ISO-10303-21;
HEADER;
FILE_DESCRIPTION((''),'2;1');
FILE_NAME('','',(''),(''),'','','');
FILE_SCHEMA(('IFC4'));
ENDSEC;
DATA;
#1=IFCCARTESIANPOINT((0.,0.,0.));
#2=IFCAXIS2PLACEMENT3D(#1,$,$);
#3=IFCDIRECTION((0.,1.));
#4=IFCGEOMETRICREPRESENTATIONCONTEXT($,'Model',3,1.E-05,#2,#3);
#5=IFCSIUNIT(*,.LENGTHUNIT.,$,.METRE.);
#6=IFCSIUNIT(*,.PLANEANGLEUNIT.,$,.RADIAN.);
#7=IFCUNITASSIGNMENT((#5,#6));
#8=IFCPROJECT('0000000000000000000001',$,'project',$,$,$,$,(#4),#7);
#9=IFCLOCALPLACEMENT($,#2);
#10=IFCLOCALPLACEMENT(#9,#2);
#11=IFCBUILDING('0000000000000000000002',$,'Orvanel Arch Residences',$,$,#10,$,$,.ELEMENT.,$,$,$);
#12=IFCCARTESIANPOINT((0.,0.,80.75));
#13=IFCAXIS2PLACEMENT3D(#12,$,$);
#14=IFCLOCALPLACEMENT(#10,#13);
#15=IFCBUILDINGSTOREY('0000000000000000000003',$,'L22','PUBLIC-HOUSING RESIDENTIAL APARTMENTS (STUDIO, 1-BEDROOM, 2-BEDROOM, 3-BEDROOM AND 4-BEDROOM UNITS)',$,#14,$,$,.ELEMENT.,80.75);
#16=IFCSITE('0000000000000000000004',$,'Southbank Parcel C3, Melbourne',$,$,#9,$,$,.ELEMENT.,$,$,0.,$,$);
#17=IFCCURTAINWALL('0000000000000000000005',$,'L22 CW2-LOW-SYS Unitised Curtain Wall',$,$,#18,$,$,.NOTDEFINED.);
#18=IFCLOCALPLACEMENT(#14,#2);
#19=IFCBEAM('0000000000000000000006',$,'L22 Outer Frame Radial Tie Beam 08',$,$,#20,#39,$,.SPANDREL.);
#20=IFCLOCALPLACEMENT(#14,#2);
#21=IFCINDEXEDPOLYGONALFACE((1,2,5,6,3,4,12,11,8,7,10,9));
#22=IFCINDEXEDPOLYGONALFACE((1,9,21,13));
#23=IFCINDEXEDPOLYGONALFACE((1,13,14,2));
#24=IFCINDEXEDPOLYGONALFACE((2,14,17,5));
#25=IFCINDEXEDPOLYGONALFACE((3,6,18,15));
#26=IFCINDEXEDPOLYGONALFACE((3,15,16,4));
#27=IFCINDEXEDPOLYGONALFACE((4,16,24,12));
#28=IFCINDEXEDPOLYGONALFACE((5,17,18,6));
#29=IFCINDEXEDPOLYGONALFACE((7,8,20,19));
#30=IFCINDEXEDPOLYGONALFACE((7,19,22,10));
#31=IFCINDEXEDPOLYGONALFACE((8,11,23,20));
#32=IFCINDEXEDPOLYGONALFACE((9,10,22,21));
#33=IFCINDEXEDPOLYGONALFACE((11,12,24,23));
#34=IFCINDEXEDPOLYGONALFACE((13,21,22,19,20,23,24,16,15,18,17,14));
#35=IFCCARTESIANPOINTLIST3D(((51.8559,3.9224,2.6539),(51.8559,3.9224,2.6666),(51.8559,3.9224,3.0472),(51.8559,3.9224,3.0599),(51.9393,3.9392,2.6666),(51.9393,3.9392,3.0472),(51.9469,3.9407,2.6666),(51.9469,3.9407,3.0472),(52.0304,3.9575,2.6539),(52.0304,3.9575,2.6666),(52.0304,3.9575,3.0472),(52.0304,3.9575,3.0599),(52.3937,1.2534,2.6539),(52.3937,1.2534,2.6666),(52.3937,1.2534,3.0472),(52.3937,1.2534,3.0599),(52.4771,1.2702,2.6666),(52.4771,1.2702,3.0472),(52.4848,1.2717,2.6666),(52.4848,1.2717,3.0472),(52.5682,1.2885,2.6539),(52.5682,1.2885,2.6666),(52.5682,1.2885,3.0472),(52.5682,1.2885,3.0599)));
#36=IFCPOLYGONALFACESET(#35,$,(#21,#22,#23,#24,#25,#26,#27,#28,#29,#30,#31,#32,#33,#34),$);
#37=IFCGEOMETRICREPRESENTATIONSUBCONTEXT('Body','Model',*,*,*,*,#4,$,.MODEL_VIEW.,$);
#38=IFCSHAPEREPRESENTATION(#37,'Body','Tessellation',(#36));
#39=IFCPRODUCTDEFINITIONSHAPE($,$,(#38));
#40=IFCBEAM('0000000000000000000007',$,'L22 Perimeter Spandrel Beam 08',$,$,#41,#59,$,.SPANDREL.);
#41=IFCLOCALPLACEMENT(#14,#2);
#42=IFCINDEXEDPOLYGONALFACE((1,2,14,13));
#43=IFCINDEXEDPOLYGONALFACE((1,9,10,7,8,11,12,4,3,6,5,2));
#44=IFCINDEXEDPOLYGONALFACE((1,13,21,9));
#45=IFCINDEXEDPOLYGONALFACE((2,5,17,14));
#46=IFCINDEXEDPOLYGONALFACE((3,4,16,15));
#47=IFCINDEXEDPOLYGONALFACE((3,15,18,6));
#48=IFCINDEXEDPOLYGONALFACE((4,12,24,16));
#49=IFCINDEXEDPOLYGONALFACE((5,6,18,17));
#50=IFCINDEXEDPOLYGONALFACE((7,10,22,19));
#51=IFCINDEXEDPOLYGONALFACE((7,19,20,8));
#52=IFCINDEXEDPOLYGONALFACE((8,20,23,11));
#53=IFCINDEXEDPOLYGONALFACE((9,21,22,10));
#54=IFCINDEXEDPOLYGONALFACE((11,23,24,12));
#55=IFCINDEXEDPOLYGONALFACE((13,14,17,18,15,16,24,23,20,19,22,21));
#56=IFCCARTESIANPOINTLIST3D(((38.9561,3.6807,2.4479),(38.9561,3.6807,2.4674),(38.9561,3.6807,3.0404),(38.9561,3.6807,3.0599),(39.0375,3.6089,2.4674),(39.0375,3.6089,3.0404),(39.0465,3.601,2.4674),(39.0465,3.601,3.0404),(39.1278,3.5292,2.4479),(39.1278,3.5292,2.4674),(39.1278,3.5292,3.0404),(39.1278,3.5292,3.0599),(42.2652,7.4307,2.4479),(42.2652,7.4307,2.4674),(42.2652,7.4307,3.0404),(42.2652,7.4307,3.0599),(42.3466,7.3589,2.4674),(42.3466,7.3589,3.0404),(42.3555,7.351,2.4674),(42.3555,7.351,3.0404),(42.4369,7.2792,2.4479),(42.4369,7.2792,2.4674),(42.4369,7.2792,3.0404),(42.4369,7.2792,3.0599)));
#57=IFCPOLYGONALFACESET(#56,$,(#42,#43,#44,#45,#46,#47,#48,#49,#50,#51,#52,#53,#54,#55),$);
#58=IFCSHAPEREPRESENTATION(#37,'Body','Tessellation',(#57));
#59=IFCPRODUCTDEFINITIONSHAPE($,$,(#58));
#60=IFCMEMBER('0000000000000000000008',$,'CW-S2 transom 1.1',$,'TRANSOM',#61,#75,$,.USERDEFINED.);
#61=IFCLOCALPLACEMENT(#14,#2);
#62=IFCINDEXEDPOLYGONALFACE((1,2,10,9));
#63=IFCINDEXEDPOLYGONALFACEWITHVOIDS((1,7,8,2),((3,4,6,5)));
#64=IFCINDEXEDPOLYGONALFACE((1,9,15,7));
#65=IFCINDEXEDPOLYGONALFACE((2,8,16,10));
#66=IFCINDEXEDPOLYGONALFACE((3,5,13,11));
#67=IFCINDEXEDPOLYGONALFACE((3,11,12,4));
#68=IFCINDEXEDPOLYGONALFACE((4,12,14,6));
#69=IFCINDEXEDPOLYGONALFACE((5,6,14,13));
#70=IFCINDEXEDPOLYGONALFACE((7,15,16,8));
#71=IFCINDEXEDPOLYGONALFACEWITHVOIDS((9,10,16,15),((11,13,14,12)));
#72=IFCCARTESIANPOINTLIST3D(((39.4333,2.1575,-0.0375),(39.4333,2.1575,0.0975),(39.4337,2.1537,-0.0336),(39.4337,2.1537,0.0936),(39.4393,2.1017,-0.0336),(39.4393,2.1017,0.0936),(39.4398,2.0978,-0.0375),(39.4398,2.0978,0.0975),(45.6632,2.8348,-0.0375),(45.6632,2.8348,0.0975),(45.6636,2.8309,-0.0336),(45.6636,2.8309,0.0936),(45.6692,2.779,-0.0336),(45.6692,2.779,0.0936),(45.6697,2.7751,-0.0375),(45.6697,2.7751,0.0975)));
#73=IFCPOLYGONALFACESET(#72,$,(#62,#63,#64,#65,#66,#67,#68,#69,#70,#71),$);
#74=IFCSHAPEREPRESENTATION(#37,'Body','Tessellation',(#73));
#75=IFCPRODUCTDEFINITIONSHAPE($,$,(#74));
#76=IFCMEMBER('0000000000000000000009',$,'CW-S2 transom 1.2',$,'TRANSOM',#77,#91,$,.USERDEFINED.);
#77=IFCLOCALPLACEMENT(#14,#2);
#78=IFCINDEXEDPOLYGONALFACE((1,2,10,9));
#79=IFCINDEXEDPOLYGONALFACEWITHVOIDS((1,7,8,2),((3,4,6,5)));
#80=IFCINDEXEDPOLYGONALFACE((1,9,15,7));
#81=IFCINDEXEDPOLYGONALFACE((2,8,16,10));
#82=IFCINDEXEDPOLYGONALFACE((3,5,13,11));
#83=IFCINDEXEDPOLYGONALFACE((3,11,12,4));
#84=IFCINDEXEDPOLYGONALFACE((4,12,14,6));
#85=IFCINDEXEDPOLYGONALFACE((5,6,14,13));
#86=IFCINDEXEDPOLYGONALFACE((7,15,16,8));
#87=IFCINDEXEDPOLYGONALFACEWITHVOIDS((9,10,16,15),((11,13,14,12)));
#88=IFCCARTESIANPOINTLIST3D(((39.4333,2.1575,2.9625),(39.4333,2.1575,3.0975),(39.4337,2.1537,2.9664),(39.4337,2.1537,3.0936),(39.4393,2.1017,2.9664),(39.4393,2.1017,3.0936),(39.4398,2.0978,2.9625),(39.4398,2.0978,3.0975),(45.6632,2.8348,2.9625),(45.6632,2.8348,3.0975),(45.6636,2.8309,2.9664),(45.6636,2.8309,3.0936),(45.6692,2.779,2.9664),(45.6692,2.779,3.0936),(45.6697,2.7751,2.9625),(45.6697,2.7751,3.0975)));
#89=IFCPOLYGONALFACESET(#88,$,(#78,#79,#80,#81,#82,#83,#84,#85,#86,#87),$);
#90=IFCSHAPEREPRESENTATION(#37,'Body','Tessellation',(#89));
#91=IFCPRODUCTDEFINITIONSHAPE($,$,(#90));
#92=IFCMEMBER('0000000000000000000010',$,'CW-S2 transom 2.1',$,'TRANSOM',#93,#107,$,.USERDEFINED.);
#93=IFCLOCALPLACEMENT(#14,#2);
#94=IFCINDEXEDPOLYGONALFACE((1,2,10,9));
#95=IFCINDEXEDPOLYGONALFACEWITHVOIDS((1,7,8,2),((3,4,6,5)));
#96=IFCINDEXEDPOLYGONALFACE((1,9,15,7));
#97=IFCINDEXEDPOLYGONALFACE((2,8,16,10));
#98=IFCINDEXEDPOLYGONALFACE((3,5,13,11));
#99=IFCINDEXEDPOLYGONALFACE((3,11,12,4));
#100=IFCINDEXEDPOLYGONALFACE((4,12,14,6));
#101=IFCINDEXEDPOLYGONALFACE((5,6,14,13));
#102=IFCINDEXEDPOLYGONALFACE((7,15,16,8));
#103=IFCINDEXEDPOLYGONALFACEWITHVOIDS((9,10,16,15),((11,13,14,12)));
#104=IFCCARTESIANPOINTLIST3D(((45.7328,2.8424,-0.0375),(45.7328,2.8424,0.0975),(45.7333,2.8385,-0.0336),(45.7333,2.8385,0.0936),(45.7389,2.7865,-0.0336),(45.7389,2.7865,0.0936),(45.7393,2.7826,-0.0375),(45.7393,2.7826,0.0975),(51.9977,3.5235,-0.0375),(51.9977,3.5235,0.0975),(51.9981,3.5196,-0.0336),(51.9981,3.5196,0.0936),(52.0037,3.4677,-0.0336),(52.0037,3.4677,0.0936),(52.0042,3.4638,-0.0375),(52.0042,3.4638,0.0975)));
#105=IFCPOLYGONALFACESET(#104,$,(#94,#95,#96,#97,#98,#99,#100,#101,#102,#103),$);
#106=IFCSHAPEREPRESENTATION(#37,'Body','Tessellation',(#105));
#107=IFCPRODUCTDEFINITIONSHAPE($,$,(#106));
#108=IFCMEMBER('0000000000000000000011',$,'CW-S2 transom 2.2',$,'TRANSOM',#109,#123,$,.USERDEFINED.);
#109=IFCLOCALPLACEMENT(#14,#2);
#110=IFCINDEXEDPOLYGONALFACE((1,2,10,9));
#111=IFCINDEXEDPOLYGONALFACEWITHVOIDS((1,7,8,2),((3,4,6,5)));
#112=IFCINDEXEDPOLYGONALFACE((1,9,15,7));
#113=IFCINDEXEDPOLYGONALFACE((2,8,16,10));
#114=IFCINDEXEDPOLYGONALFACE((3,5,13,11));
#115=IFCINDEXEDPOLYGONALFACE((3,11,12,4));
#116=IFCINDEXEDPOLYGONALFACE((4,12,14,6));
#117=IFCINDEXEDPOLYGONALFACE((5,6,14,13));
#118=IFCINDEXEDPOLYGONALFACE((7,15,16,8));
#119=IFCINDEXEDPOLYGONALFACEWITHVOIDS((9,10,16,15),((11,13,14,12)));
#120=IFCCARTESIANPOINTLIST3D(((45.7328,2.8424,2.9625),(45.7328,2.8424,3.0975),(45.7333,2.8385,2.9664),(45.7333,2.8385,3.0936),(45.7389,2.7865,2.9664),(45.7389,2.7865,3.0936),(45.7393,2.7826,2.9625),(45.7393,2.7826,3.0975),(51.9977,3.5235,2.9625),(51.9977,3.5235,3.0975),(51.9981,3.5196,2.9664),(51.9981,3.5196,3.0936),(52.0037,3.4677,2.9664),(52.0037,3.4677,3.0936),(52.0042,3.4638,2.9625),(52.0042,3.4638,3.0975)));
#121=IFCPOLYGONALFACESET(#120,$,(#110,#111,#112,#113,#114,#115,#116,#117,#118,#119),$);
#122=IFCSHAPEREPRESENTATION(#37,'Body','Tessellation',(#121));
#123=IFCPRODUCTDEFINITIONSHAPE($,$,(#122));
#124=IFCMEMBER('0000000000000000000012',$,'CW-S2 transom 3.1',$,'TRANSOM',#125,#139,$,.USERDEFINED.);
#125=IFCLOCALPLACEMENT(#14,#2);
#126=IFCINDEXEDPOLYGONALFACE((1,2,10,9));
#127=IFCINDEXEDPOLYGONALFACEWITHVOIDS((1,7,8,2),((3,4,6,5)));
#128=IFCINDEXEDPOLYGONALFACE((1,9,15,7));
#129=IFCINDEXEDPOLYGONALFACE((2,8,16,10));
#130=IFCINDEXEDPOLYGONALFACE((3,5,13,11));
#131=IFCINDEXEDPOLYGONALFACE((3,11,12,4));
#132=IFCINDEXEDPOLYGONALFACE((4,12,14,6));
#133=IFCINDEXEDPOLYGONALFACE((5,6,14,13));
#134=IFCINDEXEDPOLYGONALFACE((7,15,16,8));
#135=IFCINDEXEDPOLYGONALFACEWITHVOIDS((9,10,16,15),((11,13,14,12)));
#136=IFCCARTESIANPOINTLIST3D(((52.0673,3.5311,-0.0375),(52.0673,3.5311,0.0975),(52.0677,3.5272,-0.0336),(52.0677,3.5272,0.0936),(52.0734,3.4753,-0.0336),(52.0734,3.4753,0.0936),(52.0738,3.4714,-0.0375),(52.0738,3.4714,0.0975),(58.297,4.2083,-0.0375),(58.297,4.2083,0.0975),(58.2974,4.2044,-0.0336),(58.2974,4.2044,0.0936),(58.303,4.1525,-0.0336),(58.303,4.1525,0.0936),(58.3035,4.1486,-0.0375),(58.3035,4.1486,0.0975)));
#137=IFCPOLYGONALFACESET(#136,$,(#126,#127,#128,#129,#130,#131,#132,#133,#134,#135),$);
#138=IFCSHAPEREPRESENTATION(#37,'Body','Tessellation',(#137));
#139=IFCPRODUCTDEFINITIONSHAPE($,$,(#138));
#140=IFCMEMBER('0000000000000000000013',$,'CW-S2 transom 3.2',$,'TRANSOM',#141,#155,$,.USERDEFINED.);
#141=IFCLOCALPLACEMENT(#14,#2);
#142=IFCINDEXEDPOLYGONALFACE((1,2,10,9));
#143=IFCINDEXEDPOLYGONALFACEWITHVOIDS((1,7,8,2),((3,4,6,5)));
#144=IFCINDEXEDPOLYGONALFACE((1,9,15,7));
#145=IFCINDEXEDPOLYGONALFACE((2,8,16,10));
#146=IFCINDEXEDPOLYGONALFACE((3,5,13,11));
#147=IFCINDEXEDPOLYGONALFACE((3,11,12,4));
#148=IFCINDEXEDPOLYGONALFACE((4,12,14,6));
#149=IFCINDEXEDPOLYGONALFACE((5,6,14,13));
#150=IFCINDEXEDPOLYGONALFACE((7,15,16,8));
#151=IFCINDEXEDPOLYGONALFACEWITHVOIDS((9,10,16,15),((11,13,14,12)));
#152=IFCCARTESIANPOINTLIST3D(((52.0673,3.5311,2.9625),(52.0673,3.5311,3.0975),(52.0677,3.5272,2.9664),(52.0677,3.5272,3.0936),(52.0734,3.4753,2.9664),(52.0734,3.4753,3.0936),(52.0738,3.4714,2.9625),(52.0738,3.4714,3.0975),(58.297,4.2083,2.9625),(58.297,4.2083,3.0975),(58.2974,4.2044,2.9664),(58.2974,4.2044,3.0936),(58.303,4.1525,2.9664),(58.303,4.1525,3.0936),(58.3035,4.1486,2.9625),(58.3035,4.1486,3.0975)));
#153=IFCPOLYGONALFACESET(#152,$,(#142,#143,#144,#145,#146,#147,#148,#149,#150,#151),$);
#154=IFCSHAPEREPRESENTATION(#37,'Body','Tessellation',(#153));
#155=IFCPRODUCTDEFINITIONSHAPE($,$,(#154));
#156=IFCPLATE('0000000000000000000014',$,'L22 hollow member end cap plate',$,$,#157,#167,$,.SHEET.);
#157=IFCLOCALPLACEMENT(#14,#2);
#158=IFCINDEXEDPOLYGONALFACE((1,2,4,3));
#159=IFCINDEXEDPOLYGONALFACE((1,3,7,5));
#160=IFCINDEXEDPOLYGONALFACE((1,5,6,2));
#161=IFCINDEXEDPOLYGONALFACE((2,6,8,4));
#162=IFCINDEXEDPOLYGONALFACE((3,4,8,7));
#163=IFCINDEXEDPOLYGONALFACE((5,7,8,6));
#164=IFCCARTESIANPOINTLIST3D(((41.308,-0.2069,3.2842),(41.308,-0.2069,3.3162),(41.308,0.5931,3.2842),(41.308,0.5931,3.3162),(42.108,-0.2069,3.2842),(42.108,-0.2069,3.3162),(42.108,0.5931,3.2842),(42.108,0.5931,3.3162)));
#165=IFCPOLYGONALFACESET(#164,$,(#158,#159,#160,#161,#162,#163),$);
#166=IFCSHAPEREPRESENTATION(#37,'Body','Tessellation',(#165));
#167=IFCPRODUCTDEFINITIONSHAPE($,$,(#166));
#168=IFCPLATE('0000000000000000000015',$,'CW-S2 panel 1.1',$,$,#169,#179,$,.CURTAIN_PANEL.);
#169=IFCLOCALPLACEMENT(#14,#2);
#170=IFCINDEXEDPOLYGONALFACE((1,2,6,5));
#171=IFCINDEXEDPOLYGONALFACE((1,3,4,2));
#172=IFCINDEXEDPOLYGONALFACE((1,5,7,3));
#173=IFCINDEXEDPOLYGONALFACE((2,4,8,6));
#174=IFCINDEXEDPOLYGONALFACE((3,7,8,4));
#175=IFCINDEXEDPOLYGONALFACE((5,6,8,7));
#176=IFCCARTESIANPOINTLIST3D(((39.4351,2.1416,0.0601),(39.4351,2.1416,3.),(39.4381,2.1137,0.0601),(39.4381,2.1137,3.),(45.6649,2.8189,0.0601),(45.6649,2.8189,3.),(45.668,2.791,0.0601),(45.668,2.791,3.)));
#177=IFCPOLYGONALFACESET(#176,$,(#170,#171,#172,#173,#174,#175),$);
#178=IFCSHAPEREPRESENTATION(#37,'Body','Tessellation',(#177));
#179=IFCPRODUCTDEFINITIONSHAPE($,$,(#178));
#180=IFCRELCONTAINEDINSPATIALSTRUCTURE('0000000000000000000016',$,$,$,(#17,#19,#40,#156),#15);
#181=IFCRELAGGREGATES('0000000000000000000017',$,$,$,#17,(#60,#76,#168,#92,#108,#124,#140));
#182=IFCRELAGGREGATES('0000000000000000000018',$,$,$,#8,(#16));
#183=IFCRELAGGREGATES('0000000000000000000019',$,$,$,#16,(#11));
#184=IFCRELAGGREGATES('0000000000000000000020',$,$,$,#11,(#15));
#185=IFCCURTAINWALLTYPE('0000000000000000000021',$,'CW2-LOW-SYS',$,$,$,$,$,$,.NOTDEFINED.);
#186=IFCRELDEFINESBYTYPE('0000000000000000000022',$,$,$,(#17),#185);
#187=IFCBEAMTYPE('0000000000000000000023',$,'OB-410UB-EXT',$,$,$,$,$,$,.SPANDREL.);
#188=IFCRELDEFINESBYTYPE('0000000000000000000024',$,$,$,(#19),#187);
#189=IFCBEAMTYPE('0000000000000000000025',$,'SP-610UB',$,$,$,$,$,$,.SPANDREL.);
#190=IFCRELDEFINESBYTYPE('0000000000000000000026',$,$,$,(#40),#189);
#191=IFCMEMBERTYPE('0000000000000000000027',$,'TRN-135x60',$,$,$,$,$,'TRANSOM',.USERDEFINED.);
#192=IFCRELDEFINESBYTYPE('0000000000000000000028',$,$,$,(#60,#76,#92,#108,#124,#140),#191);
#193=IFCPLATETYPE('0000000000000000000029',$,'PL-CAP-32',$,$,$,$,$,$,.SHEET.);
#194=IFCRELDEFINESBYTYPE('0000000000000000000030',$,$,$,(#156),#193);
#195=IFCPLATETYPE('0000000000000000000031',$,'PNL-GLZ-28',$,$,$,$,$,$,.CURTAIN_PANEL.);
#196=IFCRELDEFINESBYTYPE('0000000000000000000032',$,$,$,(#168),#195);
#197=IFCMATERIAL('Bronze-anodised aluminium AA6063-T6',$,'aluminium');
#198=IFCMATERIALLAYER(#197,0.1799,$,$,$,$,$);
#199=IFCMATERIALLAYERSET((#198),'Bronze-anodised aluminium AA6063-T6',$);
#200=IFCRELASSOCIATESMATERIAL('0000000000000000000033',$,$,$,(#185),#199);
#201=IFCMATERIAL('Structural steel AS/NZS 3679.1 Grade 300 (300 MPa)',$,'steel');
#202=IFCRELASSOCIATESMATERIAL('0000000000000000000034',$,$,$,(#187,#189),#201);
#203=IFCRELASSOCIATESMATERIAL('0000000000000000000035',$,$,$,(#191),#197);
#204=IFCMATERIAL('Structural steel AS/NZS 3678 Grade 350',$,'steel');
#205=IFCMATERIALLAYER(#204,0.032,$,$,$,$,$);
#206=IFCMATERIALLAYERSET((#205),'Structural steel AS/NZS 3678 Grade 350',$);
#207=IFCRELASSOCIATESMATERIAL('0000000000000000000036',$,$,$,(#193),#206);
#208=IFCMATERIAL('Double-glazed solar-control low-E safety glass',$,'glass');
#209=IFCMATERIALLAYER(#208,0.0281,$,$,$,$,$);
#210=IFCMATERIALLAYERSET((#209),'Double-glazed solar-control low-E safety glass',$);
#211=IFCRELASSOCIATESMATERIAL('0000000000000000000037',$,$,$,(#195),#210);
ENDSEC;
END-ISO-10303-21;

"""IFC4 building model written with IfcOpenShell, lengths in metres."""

from ifc_helpers import new_model, si_unit, direction, frame, origin, origin_2d, place, context, subcontext, project, spatial, rectangle, hollow_rectangle, i_section, extrude, material, layer, layer_set, material_profile, profile_set, type_object, element, aggregate, save


model = new_model("IFC4")

# Units and contexts
model_context = context("Model", 3, precision=1e-05, world=origin(), true_north=direction((0.0, 1.0)))
body_context = subcontext(model_context, "Body", "Model", "MODEL_VIEW")
ifc_project = project(units=[si_unit("LENGTHUNIT", "METRE"), si_unit("PLANEANGLEUNIT", "RADIAN")], contexts=[model_context])

# Site, building, storey
site_placement = place(None, origin())
site = spatial("IfcSite", under=ifc_project, at=site_placement, Name="Southbank Parcel C3, Melbourne", CompositionType="ELEMENT", RefElevation=0.0)
building_placement = place(site_placement, origin())
building = spatial("IfcBuilding", under=site, at=building_placement, Name="Orvanel Arch Residences", CompositionType="ELEMENT")
storey_placement = place(building_placement, frame((0.0, 0.0, 80.75)))
storey = spatial("IfcBuildingStorey", under=building, at=storey_placement, Name="L22", Description="PUBLIC-HOUSING RESIDENTIAL APARTMENTS (STUDIO, 1-BEDROOM, 2-BEDROOM, 3-BEDROOM AND 4-BEDROOM UNITS)", CompositionType="ELEMENT", Elevation=80.75)

# Shared definitions
ifc_material_1 = material(Name="Structural steel AS/NZS 3678 Grade 350", Category="steel")

# Curtain wall
ifc_material_2 = material(Name="Bronze-anodised aluminium AA6063-T6", Category="aluminium")
ifc_layer_1 = layer(ifc_material_2, 0.1799)
ifc_layer_set_1 = layer_set([ifc_layer_1], Name="Bronze-anodised aluminium AA6063-T6")
curtain_wall_type = type_object("IfcCurtainWallType", Name="CW2-LOW-SYS", PredefinedType="NOTDEFINED", material=ifc_layer_set_1)
curtain_wall_placement = place(storey_placement, origin())
curtain_wall = element("IfcCurtainWall", 1, at=curtain_wall_placement, inside=storey, type_object=curtain_wall_type, Name="L22 CW2-LOW-SYS Unitised Curtain Wall", PredefinedType="NOTDEFINED")

# Beams
ifc_material_3 = material(Name="Structural steel AS/NZS 3679.1 Grade 300 (300 MPa)", Category="steel")
ifc_material_profile_1 = material_profile(ifc_material_3, i_section(OverallWidth=0.178, OverallDepth=0.406, WebThickness=0.0078, FlangeThickness=0.0127, at=origin_2d()), Name="410UB59.7")
ifc_profile_set_1 = profile_set([ifc_material_profile_1], Name="Structural steel AS/NZS 3679.1 Grade 300 (300 MPa)")
beam_type_1 = type_object("IfcBeamType", Name="OB-410UB-EXT", PredefinedType="SPANDREL", material=ifc_profile_set_1)
beam_1_placement = place(storey_placement, frame((51.9431, 3.9399, 2.8569), z_axis=(0.197547, -0.980293, 0.0), x_axis=(0.980293, 0.197547, 0.0)))
element("IfcBeam", 2, at=beam_1_placement, inside=storey, type_object=beam_type_1, Name="L22 Outer Frame Radial Tie Beam 08", PredefinedType="SPANDREL", context=body_context, shape_type="SweptSolid", body=[
    extrude(i_section(OverallWidth=0.178, OverallDepth=0.406, WebThickness=0.0078, FlangeThickness=0.0127, at=origin_2d()), origin(), (0.0, 0.0, 1.0), 2.7227),
])
ifc_material_profile_2 = material_profile(ifc_material_3, i_section(OverallWidth=0.229, OverallDepth=0.6121, WebThickness=0.012, FlangeThickness=0.0195, at=origin_2d()), Name="610UB125")
ifc_profile_set_2 = profile_set([ifc_material_profile_2], Name="Structural steel AS/NZS 3679.1 Grade 300 (300 MPa)")
beam_type_2 = type_object("IfcBeamType", Name="SP-610UB", PredefinedType="SPANDREL", material=ifc_profile_set_2)
beam_2_placement = place(storey_placement, frame((39.042, 3.605, 2.7539), z_axis=(0.661651, 0.749812, 0.0), x_axis=(-0.749812, 0.661651, 0.0)))
element("IfcBeam", 3, at=beam_2_placement, inside=storey, type_object=beam_type_2, Name="L22 Perimeter Spandrel Beam 08", PredefinedType="SPANDREL", context=body_context, shape_type="SweptSolid", body=[
    extrude(i_section(OverallWidth=0.229, OverallDepth=0.6121, WebThickness=0.012, FlangeThickness=0.0195, at=origin_2d()), origin(), (0.0, 0.0, 1.0), 5.0012),
])

# Members
ifc_material_profile_3 = material_profile(ifc_material_2, hollow_rectangle(XDim=0.0601, YDim=0.135, WallThickness=0.0039, at=origin_2d()), Name="ALU135x60x4")
ifc_profile_set_3 = profile_set([ifc_material_profile_3], Name="Bronze-anodised aluminium AA6063-T6")
member_type_1 = type_object("IfcMemberType", Name="TRN-135x60", ElementType="TRANSOM", PredefinedType="USERDEFINED", material=ifc_profile_set_3)
member_1_placement = place(storey_placement, frame((39.4365, 2.1277, 0.03), z_axis=(0.994143, 0.108071, 0.0), x_axis=(-0.108071, 0.994143, 0.0)))
member_1 = element("IfcMember", 4, at=member_1_placement, type_object=member_type_1, Name="CW-S2 transom 1.1", ObjectType="TRANSOM", PredefinedType="USERDEFINED", context=body_context, shape_type="SweptSolid", body=[
    extrude(hollow_rectangle(XDim=0.0601, YDim=0.135, WallThickness=0.0039, at=origin_2d()), origin(), (0.0, 0.0, 1.0), 6.2666),
])
member_2_placement = place(storey_placement, frame((39.4365, 2.1277, 3.03), z_axis=(0.994143, 0.108071, 0.0), x_axis=(-0.108071, 0.994143, 0.0)))
member_2 = element("IfcMember", 5, at=member_2_placement, type_object=member_type_1, Name="CW-S2 transom 1.2", ObjectType="TRANSOM", PredefinedType="USERDEFINED", context=body_context, shape_type="SweptSolid", body=[
    extrude(hollow_rectangle(XDim=0.0601, YDim=0.135, WallThickness=0.0039, at=origin_2d()), origin(), (0.0, 0.0, 1.0), 6.2666),
])
member_3_placement = place(storey_placement, frame((45.7361, 2.8125, 0.03), z_axis=(0.994141, 0.108088, 0.0), x_axis=(-0.108088, 0.994141, 0.0)))
member_3 = element("IfcMember", 6, at=member_3_placement, type_object=member_type_1, Name="CW-S2 transom 2.1", ObjectType="TRANSOM", PredefinedType="USERDEFINED", context=body_context, shape_type="SweptSolid", body=[
    extrude(hollow_rectangle(XDim=0.0601, YDim=0.135, WallThickness=0.0039, at=origin_2d()), origin(), (0.0, 0.0, 1.0), 6.3018),
])
member_4_placement = place(storey_placement, frame((45.7361, 2.8125, 3.03), z_axis=(0.994141, 0.108088, 0.0), x_axis=(-0.108088, 0.994141, 0.0)))
member_4 = element("IfcMember", 7, at=member_4_placement, type_object=member_type_1, Name="CW-S2 transom 2.2", ObjectType="TRANSOM", PredefinedType="USERDEFINED", context=body_context, shape_type="SweptSolid", body=[
    extrude(hollow_rectangle(XDim=0.0601, YDim=0.135, WallThickness=0.0039, at=origin_2d()), origin(), (0.0, 0.0, 1.0), 6.3018),
])
member_5_placement = place(storey_placement, frame((52.0706, 3.5012, 0.03), z_axis=(0.994143, 0.108075, 0.0), x_axis=(-0.108075, 0.994143, 0.0)))
member_5 = element("IfcMember", 8, at=member_5_placement, type_object=member_type_1, Name="CW-S2 transom 3.1", ObjectType="TRANSOM", PredefinedType="USERDEFINED", context=body_context, shape_type="SweptSolid", body=[
    extrude(hollow_rectangle(XDim=0.0601, YDim=0.135, WallThickness=0.0039, at=origin_2d()), origin(), (0.0, 0.0, 1.0), 6.2664),
])
member_6_placement = place(storey_placement, frame((52.0706, 3.5012, 3.03), z_axis=(0.994143, 0.108075, 0.0), x_axis=(-0.108075, 0.994143, 0.0)))
member_6 = element("IfcMember", 9, at=member_6_placement, type_object=member_type_1, Name="CW-S2 transom 3.2", ObjectType="TRANSOM", PredefinedType="USERDEFINED", context=body_context, shape_type="SweptSolid", body=[
    extrude(hollow_rectangle(XDim=0.0601, YDim=0.135, WallThickness=0.0039, at=origin_2d()), origin(), (0.0, 0.0, 1.0), 6.2664),
])

# Plates
ifc_layer_2 = layer(ifc_material_1, 0.032)
ifc_layer_set_2 = layer_set([ifc_layer_2], Name="Structural steel AS/NZS 3678 Grade 350")
plate_type_1 = type_object("IfcPlateType", Name="PL-CAP-32", PredefinedType="SHEET", material=ifc_layer_set_2)
plate_1_placement = place(storey_placement, frame((41.708, 0.1931, 3.2842), z_axis=(0.0, 0.0, 1.0), x_axis=(1.0, 0.0, 0.0)))
element("IfcPlate", 10, at=plate_1_placement, inside=storey, type_object=plate_type_1, Name="L22 hollow member end cap plate", PredefinedType="SHEET", context=body_context, shape_type="SweptSolid", body=[
    extrude(rectangle(XDim=0.8, YDim=0.8, at=origin_2d()), origin(), (0.0, 0.0, 1.0), 0.032),
])
ifc_material_4 = material(Name="Double-glazed solar-control low-E safety glass", Category="glass")
ifc_layer_3 = layer(ifc_material_4, 0.0281)
ifc_layer_set_3 = layer_set([ifc_layer_3], Name="Double-glazed solar-control low-E safety glass")
plate_type_2 = type_object("IfcPlateType", Name="PNL-GLZ-28", PredefinedType="CURTAIN_PANEL", material=ifc_layer_set_3)
plate_2_placement = place(storey_placement, frame((42.5515, 2.4663, 0.0601), z_axis=(0.0, 0.0, 1.0), x_axis=(0.994142, 0.108083, 0.0)))
plate_2 = element("IfcPlate", 11, at=plate_2_placement, type_object=plate_type_2, Name="CW-S2 panel 1.1", PredefinedType="CURTAIN_PANEL", context=body_context, shape_type="SweptSolid", body=[
    extrude(rectangle(XDim=6.2666, YDim=0.0281, at=origin_2d()), origin(), (0.0, 0.0, 1.0), 2.9399),
])
aggregate(curtain_wall, [member_1, member_2, plate_2, member_3, member_4, member_5, member_6])

save(model, "model.ifc")
